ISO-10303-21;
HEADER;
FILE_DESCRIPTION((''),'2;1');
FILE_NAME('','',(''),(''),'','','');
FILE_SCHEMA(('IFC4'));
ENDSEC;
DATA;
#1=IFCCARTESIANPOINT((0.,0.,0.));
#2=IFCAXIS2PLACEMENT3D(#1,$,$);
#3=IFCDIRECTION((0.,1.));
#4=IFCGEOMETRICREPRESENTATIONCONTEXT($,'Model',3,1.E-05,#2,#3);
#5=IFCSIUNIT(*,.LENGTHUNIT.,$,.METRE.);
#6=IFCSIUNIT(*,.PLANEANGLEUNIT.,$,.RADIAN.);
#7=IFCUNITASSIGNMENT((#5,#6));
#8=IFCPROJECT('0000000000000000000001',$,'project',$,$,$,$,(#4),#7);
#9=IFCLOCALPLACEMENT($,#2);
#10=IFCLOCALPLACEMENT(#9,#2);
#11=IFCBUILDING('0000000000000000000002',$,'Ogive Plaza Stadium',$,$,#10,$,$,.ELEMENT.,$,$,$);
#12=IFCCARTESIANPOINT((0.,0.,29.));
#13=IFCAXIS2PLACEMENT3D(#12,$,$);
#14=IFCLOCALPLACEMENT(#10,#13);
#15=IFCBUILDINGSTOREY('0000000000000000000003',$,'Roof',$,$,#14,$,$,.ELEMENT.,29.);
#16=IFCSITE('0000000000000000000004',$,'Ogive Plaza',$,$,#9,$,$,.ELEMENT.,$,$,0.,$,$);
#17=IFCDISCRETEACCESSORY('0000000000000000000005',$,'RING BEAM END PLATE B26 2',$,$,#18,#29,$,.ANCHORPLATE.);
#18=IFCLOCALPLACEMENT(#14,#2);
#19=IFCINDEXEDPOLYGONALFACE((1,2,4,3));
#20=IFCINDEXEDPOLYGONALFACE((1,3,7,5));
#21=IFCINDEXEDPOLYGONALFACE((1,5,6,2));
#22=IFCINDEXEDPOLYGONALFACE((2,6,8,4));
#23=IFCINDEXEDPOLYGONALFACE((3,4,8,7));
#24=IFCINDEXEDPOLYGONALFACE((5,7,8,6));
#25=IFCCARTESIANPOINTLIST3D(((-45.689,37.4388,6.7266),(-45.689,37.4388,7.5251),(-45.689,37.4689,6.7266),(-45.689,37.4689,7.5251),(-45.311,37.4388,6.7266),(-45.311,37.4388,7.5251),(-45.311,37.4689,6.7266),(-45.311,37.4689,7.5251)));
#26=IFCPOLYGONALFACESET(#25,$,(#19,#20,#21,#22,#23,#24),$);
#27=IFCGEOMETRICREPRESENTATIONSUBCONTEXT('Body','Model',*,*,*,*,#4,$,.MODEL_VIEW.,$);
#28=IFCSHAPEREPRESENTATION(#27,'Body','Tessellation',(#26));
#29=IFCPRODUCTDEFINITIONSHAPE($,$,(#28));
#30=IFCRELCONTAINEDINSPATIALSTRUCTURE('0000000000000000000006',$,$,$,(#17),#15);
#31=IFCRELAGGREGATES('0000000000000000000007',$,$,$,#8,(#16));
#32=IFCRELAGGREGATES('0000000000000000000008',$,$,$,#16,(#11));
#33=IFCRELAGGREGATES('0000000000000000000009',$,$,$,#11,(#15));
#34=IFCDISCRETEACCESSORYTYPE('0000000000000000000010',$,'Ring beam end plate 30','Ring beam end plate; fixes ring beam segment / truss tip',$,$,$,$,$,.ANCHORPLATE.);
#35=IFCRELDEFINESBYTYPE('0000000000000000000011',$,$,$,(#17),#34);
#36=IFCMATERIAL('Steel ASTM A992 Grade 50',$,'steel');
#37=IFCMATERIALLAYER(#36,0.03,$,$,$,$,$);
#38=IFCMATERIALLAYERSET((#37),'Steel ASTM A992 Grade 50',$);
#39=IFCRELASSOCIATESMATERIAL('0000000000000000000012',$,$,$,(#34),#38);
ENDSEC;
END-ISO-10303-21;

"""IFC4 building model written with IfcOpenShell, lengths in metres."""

from ifc_helpers import new_model, si_unit, direction, frame, origin, origin_2d, place, context, subcontext, project, spatial, rectangle, extrude, material, layer, layer_set, type_object, element, save


model = new_model("IFC4")

# Units and contexts
model_context = context("Model", 3, precision=1e-05, world=origin(), true_north=direction((0.0, 1.0)))
body_context = subcontext(model_context, "Body", "Model", "MODEL_VIEW")
ifc_project = project(units=[si_unit("LENGTHUNIT", "METRE"), si_unit("PLANEANGLEUNIT", "RADIAN")], contexts=[model_context])

# Site, building, storey
site_placement = place(None, origin())
site = spatial("IfcSite", under=ifc_project, at=site_placement, Name="Ogive Plaza", CompositionType="ELEMENT", RefElevation=0.0)
building_placement = place(site_placement, origin())
building = spatial("IfcBuilding", under=site, at=building_placement, Name="Ogive Plaza Stadium", CompositionType="ELEMENT")
storey_placement = place(building_placement, frame((0.0, 0.0, 29.0)))
storey = spatial("IfcBuildingStorey", under=building, at=storey_placement, Name="Roof", CompositionType="ELEMENT", Elevation=29.0)

# Discrete accessory
ifc_material_1 = material(Name="Steel ASTM A992 Grade 50", Category="steel")
ifc_layer_1 = layer(ifc_material_1, 0.03)
ifc_layer_set_1 = layer_set([ifc_layer_1], Name="Steel ASTM A992 Grade 50")
discrete_accessory_type = type_object("IfcDiscreteAccessoryType", Name="Ring beam end plate 30", Description="Ring beam end plate; fixes ring beam segment / truss tip", PredefinedType="ANCHORPLATE", material=ifc_layer_set_1)
for number, where, z_axis, x_axis, name in (
    (1, (-45.5, 37.4539, 6.7266), (0.0, 0.0, 1.0), (0.0, 1.0, 0.0), "RING BEAM END PLATE B26 2"),
):
    element("IfcDiscreteAccessory", number, at=place(storey_placement, frame(where, z_axis=z_axis, x_axis=x_axis)), inside=storey, type_object=discrete_accessory_type, Name=name, PredefinedType="ANCHORPLATE", context=body_context, shape_type="SweptSolid", body=[
        extrude(rectangle(XDim=0.03, YDim=0.3779, at=origin_2d()), origin(), (0.0, 0.0, 1.0), 0.7986),
    ])

save(model, "model.ifc")
